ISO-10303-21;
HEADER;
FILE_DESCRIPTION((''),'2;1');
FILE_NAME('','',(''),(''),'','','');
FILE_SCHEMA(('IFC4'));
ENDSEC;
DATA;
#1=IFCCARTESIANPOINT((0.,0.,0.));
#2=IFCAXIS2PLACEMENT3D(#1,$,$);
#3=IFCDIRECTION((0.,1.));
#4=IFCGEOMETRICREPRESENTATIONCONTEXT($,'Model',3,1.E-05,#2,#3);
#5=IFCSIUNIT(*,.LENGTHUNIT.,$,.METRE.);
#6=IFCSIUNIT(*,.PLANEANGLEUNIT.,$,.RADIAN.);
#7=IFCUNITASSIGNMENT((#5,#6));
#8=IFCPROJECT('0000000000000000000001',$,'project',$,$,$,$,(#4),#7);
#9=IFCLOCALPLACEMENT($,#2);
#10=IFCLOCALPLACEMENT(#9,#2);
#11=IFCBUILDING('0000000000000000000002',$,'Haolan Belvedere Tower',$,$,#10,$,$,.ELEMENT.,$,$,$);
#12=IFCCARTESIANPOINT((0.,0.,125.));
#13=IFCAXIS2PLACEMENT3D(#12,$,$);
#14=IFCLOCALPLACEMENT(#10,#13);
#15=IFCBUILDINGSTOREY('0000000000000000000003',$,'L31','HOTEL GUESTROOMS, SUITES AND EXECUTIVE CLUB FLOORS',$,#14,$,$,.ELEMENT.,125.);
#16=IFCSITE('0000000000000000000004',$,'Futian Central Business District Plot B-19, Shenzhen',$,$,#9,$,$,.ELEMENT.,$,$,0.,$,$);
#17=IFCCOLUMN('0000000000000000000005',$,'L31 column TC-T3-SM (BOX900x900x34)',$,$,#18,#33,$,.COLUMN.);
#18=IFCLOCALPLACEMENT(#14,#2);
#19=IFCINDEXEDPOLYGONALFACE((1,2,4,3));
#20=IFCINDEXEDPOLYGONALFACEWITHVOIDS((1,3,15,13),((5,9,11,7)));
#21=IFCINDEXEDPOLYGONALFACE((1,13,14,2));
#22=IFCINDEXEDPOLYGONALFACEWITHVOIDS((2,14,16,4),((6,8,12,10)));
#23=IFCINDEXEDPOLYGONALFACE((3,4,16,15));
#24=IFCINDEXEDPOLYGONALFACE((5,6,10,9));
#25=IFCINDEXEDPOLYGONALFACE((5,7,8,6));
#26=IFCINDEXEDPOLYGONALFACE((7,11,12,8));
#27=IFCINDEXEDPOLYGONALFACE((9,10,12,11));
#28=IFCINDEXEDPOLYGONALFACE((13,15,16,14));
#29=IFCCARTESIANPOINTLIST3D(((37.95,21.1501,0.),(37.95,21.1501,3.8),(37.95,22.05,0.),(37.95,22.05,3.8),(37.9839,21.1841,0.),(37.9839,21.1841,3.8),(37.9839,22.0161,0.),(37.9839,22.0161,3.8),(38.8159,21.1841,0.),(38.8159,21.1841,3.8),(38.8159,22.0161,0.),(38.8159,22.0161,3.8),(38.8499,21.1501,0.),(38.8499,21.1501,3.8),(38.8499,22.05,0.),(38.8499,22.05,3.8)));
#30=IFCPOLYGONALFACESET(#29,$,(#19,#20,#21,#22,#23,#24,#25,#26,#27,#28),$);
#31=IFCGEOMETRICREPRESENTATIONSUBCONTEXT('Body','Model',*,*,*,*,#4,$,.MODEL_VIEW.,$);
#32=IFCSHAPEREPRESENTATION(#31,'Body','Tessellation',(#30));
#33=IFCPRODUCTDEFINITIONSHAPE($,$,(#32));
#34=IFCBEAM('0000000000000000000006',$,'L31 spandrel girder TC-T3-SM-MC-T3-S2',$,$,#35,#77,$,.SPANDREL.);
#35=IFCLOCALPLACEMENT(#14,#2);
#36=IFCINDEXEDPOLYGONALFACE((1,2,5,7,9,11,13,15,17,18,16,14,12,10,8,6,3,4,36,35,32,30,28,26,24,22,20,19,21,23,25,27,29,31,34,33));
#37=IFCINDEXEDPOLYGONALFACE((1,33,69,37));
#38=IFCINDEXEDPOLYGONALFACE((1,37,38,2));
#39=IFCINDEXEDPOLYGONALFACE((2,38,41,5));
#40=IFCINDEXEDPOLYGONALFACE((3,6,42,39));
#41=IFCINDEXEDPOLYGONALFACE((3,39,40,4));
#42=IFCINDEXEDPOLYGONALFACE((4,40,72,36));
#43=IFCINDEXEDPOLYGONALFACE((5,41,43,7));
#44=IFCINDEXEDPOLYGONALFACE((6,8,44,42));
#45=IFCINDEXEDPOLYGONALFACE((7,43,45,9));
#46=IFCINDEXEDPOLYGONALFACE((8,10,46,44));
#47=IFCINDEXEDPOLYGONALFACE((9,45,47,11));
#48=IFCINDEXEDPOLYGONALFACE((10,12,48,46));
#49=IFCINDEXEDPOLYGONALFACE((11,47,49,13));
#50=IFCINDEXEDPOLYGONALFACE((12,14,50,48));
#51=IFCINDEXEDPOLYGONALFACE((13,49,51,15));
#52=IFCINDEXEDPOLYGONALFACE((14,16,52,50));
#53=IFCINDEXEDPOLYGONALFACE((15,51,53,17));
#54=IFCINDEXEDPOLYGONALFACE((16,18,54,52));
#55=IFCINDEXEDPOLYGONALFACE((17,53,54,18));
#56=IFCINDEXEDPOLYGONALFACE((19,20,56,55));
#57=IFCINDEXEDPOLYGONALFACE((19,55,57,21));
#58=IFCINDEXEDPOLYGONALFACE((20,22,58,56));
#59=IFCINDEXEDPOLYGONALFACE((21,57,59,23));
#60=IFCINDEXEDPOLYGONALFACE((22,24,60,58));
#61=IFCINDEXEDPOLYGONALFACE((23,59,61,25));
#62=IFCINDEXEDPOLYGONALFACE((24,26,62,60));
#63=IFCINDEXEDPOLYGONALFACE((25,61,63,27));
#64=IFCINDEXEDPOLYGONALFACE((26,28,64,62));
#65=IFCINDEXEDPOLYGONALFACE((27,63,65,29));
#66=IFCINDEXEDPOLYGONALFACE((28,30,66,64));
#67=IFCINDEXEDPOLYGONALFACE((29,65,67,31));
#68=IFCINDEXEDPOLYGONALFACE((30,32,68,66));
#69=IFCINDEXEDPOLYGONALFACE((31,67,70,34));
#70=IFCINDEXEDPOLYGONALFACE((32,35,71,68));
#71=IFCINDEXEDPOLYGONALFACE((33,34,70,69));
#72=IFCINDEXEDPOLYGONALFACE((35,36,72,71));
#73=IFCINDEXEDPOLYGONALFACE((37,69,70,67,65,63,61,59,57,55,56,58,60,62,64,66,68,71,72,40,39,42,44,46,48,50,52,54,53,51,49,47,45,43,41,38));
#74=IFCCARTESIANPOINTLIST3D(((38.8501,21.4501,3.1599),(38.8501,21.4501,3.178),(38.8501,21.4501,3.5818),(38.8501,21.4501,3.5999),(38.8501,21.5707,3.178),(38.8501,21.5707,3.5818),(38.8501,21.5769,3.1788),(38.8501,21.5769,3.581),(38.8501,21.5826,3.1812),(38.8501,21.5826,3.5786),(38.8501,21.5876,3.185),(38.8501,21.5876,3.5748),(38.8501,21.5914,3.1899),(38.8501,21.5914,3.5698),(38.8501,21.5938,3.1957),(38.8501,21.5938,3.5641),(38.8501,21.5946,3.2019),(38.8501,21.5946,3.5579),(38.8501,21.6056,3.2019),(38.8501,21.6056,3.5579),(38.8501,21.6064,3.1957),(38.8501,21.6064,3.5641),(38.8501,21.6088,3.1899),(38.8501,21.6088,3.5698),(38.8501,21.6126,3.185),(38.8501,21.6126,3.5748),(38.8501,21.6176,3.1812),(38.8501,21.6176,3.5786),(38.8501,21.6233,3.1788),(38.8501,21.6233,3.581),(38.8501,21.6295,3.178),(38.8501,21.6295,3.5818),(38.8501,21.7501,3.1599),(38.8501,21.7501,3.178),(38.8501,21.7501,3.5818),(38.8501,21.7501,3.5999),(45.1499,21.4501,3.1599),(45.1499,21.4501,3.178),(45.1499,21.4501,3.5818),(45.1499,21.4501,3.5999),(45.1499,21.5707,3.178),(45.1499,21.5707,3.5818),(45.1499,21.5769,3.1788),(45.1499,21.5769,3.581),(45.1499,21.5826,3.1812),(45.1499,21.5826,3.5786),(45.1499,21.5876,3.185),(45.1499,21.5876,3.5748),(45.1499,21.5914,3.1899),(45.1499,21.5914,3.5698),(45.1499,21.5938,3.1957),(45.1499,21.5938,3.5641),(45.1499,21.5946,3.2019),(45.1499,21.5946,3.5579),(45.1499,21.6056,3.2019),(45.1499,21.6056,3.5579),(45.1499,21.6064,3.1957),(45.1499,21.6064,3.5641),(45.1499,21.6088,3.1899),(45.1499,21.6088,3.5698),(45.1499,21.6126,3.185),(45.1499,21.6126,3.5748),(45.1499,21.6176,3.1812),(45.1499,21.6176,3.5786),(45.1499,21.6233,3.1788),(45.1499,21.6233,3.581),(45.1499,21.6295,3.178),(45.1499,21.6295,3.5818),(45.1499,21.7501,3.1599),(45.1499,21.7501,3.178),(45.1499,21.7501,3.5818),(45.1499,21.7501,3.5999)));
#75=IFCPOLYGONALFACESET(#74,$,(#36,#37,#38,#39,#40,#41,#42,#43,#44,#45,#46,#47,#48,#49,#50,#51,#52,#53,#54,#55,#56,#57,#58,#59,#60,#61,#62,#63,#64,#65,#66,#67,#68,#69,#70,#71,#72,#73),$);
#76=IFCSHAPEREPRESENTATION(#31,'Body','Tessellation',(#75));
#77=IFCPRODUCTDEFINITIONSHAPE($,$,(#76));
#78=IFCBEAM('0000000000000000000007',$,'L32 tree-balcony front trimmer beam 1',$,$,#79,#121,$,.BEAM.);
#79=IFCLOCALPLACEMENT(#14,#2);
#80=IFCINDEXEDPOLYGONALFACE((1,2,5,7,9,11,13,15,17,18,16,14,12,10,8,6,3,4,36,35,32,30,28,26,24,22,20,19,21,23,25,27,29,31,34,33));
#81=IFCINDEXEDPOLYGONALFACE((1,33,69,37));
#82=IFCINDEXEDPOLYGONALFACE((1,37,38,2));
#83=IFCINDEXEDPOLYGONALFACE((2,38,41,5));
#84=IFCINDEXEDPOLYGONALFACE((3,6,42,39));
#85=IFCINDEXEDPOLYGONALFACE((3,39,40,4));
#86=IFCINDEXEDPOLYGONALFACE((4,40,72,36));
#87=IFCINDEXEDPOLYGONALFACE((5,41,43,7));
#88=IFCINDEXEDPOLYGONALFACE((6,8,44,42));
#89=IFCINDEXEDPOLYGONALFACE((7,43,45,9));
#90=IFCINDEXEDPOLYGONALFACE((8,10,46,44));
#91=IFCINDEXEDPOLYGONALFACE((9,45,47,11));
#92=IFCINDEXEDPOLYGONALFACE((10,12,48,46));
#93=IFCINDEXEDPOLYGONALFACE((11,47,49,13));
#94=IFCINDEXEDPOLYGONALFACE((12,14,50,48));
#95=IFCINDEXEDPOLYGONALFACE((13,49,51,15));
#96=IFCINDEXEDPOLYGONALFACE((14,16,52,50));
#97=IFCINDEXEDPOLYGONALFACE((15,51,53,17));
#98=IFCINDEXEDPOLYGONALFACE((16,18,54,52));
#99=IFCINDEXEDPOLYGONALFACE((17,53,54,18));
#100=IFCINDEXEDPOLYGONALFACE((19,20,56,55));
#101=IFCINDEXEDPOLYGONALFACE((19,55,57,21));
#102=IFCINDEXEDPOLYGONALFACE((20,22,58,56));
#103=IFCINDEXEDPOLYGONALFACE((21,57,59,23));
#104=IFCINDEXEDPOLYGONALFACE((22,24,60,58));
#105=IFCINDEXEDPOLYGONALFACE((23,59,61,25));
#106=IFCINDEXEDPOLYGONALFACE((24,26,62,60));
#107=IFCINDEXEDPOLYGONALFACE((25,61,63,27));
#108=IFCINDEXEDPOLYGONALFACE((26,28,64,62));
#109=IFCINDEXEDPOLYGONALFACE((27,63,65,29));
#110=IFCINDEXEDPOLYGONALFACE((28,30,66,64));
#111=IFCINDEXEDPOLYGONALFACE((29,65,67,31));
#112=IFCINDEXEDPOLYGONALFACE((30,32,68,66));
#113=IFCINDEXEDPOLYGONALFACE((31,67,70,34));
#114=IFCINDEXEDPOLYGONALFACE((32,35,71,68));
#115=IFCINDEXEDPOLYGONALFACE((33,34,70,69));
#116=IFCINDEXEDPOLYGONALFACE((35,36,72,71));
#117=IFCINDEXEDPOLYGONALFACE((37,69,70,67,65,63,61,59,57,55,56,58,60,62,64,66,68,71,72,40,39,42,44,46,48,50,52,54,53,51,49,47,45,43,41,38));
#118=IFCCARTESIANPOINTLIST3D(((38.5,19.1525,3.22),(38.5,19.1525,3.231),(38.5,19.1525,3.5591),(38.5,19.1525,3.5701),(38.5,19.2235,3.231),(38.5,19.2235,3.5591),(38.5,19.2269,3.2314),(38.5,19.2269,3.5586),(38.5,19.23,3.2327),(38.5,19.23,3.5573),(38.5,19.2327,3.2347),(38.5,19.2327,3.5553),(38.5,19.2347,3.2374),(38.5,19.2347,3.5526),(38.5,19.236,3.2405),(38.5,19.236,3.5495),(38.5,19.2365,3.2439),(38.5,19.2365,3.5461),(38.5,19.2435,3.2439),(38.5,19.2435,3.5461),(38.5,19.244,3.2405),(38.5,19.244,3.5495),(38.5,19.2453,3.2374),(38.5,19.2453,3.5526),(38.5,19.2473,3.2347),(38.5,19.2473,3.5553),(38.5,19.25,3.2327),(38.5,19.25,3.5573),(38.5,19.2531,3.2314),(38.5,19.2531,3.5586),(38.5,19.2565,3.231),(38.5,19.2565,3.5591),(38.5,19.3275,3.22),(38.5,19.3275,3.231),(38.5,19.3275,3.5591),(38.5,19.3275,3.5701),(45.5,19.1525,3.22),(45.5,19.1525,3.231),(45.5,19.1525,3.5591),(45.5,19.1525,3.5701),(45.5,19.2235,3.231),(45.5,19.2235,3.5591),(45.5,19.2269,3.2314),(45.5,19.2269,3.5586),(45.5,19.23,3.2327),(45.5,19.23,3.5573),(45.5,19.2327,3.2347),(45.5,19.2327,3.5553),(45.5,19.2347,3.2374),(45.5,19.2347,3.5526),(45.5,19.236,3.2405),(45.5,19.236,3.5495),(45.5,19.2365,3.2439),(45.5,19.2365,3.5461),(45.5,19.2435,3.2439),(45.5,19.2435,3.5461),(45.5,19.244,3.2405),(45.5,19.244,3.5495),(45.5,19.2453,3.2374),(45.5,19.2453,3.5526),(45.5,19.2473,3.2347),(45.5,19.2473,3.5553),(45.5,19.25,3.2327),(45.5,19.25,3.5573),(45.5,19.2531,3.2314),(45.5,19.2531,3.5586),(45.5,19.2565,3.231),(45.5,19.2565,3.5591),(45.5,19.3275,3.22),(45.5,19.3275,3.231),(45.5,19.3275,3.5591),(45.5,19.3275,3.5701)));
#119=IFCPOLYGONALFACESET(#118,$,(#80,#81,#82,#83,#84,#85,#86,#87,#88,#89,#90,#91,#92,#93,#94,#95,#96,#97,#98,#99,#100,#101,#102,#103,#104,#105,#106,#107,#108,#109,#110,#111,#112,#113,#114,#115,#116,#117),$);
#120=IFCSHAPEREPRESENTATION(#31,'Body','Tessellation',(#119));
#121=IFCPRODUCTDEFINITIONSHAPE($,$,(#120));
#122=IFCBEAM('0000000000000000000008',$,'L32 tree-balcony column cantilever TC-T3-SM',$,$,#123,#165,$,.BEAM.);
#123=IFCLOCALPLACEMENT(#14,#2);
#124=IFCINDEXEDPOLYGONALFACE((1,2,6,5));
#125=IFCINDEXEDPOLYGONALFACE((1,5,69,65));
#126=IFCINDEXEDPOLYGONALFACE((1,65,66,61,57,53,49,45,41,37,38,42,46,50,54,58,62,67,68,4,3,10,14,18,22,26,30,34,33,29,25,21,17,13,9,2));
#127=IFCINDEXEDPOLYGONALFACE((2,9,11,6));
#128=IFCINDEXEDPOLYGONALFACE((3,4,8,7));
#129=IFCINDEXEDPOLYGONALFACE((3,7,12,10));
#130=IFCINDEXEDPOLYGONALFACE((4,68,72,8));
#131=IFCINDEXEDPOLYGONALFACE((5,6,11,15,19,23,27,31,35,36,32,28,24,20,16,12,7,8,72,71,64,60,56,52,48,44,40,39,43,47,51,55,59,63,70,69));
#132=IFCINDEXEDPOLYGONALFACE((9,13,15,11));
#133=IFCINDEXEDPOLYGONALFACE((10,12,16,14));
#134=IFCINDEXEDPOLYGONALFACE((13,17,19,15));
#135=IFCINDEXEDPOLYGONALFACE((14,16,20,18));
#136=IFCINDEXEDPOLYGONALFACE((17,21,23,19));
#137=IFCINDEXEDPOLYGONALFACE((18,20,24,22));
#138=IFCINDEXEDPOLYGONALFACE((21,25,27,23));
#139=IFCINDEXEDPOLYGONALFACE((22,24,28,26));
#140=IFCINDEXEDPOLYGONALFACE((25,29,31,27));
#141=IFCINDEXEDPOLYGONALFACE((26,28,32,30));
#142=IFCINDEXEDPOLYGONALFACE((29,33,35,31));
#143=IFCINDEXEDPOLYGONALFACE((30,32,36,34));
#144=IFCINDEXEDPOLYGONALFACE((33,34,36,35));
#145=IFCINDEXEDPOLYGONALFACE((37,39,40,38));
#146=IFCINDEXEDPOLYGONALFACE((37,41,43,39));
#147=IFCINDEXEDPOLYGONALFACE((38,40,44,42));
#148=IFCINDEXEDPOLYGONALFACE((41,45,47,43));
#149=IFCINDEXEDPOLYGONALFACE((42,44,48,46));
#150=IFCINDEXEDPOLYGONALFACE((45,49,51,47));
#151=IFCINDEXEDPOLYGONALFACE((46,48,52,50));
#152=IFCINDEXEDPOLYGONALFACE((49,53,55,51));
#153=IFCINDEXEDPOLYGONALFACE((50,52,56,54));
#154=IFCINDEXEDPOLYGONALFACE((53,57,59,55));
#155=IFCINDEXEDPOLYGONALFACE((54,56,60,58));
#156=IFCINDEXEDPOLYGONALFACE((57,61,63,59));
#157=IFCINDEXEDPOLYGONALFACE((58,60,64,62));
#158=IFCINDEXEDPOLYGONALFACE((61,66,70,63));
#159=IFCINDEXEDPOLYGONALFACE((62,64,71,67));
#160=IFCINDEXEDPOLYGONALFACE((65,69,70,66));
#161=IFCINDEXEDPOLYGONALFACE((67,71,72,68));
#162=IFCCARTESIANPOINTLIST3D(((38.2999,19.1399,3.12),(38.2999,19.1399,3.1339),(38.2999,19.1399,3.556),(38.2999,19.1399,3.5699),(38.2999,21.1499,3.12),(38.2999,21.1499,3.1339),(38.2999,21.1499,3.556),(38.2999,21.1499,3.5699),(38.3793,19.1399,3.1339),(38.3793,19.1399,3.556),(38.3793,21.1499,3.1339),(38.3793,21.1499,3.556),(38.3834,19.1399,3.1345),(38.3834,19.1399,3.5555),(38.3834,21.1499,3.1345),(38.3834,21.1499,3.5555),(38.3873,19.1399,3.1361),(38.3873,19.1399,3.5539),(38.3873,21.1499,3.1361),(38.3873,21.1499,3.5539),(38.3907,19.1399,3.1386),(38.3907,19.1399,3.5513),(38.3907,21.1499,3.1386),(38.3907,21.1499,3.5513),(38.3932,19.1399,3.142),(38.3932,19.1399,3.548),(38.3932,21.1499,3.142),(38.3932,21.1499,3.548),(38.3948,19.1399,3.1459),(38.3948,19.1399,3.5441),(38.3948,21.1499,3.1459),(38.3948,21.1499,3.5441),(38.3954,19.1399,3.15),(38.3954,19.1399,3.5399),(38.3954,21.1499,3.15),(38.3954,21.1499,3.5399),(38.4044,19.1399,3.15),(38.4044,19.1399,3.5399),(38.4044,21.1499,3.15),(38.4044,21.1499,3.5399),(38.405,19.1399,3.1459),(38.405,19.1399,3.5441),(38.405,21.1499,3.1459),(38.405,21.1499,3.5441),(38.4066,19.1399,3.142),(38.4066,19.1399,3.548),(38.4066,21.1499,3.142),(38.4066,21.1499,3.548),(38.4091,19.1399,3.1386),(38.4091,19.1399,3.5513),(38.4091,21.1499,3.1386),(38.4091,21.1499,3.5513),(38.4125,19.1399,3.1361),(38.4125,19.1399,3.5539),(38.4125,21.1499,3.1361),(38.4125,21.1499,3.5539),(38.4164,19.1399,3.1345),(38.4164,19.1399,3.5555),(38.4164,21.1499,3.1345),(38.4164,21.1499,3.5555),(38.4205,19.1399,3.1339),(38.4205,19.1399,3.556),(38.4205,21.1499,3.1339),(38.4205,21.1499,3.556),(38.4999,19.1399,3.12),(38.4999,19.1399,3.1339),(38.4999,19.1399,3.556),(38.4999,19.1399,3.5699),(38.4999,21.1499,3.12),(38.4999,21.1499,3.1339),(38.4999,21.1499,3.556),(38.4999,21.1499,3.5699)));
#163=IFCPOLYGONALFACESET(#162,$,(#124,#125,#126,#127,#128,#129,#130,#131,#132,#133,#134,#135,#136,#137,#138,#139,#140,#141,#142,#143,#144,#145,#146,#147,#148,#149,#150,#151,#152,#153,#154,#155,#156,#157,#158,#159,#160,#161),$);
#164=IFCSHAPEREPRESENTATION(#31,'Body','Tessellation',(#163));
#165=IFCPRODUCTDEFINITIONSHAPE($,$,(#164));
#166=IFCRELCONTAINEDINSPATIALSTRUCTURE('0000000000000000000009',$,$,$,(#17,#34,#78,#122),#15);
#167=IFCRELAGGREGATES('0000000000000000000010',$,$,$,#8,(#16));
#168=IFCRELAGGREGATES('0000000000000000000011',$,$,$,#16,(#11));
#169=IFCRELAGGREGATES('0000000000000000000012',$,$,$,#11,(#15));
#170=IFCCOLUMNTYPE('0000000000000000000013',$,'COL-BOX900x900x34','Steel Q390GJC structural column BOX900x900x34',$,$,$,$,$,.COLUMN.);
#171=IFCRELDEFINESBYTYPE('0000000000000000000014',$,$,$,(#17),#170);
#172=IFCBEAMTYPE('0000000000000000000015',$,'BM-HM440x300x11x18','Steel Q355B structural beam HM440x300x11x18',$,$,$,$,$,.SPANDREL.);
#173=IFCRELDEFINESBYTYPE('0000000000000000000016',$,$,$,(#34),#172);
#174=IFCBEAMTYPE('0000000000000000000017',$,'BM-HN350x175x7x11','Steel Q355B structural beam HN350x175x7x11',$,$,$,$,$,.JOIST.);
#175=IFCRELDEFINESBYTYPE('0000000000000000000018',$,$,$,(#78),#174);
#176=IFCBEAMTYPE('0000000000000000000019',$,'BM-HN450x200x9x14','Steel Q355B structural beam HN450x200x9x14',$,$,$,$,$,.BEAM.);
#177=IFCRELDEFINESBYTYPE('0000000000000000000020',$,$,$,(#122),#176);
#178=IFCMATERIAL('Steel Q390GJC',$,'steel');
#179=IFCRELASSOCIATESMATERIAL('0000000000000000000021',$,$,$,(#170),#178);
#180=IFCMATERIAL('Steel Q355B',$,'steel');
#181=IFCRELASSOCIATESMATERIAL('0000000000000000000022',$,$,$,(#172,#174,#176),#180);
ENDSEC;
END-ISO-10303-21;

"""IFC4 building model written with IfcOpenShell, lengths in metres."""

from ifc_helpers import new_model, si_unit, direction, frame, origin, origin_2d, place, context, subcontext, project, spatial, hollow_rectangle, i_section, extrude, material, material_profile, profile_set, type_object, element, save


model = new_model("IFC4")

# Units and contexts
model_context = context("Model", 3, precision=1e-05, world=origin(), true_north=direction((0.0, 1.0)))
body_context = subcontext(model_context, "Body", "Model", "MODEL_VIEW")
ifc_project = project(units=[si_unit("LENGTHUNIT", "METRE"), si_unit("PLANEANGLEUNIT", "RADIAN")], contexts=[model_context])

# Site, building, storey
site_placement = place(None, origin())
site = spatial("IfcSite", under=ifc_project, at=site_placement, Name="Futian Central Business District Plot B-19, Shenzhen", CompositionType="ELEMENT", RefElevation=0.0)
building_placement = place(site_placement, origin())
building = spatial("IfcBuilding", under=site, at=building_placement, Name="Haolan Belvedere Tower", CompositionType="ELEMENT")
storey_placement = place(building_placement, frame((0.0, 0.0, 125.0)))
storey = spatial("IfcBuildingStorey", under=building, at=storey_placement, Name="L31", Description="HOTEL GUESTROOMS, SUITES AND EXECUTIVE CLUB FLOORS", CompositionType="ELEMENT", Elevation=125.0)

# Column
ifc_material_1 = material(Name="Steel Q390GJC", Category="steel")
ifc_material_profile_1 = material_profile(ifc_material_1, hollow_rectangle(XDim=0.8999, YDim=0.8999, WallThickness=0.0339, at=origin_2d()), Name="Steel Q390GJC")
ifc_profile_set_1 = profile_set([ifc_material_profile_1], Name="Steel Q390GJC")
column_type = type_object("IfcColumnType", Name="COL-BOX900x900x34", Description="Steel Q390GJC structural column BOX900x900x34", PredefinedType="COLUMN", material=ifc_profile_set_1)
column_placement = place(storey_placement, frame((38.3999, 21.6001, 0.0), z_axis=(0.0, 0.0, 1.0), x_axis=(1.0, 0.0, 0.0)))
element("IfcColumn", 1, at=column_placement, inside=storey, type_object=column_type, Name="L31 column TC-T3-SM (BOX900x900x34)", PredefinedType="COLUMN", context=body_context, shape_type="SweptSolid", body=[
    extrude(hollow_rectangle(XDim=0.8999, YDim=0.8999, WallThickness=0.0339, at=origin_2d()), origin(), (0.0, 0.0, 1.0), 3.8),
])

# Beams
ifc_material_2 = material(Name="Steel Q355B", Category="steel")
ifc_material_profile_2 = material_profile(ifc_material_2, i_section(OverallWidth=0.3, OverallDepth=0.4399, WebThickness=0.011, FlangeThickness=0.0181, FilletRadius=0.0239, at=origin_2d()), Name="Steel Q355B")
ifc_profile_set_2 = profile_set([ifc_material_profile_2], Name="Steel Q355B")
beam_type_1 = type_object("IfcBeamType", Name="BM-HM440x300x11x18", Description="Steel Q355B structural beam HM440x300x11x18", PredefinedType="SPANDREL", material=ifc_profile_set_2)
beam_1_placement = place(storey_placement, frame((38.8501, 21.6001, 3.3799), z_axis=(1.0, 0.0, 0.0), x_axis=(0.0, 1.0, 0.0)))
element("IfcBeam", 2, at=beam_1_placement, inside=storey, type_object=beam_type_1, Name="L31 spandrel girder TC-T3-SM-MC-T3-S2", PredefinedType="SPANDREL", context=body_context, shape_type="SweptSolid", body=[
    extrude(i_section(OverallWidth=0.3, OverallDepth=0.4399, WebThickness=0.011, FlangeThickness=0.0181, FilletRadius=0.0239, at=origin_2d()), origin(), (0.0, 0.0, 1.0), 6.2998),
])
ifc_material_profile_3 = material_profile(ifc_material_2, i_section(OverallWidth=0.175, OverallDepth=0.3501, WebThickness=0.0071, FlangeThickness=0.011, FilletRadius=0.0129, at=origin_2d()), Name="Steel Q355B")
ifc_profile_set_3 = profile_set([ifc_material_profile_3], Name="Steel Q355B")
beam_type_2 = type_object("IfcBeamType", Name="BM-HN350x175x7x11", Description="Steel Q355B structural beam HN350x175x7x11", PredefinedType="JOIST", material=ifc_profile_set_3)
beam_2_placement = place(storey_placement, frame((38.5, 19.24, 3.395), z_axis=(1.0, 0.0, 0.0), x_axis=(0.0, 1.0, 0.0)))
element("IfcBeam", 3, at=beam_2_placement, inside=storey, type_object=beam_type_2, Name="L32 tree-balcony front trimmer beam 1", PredefinedType="BEAM", context=body_context, shape_type="SweptSolid", body=[
    extrude(i_section(OverallWidth=0.175, OverallDepth=0.3501, WebThickness=0.0071, FlangeThickness=0.011, FilletRadius=0.0129, at=origin_2d()), origin(), (0.0, 0.0, 1.0), 7.0),
])
ifc_material_profile_4 = material_profile(ifc_material_2, i_section(OverallWidth=0.2, OverallDepth=0.45, WebThickness=0.009, FlangeThickness=0.0139, FilletRadius=0.0161, at=origin_2d()), Name="Steel Q355B")
ifc_profile_set_4 = profile_set([ifc_material_profile_4], Name="Steel Q355B")
beam_type_3 = type_object("IfcBeamType", Name="BM-HN450x200x9x14", Description="Steel Q355B structural beam HN450x200x9x14", PredefinedType="BEAM", material=ifc_profile_set_4)
beam_3_placement = place(storey_placement, frame((38.3999, 21.1499, 3.345), z_axis=(0.0, -1.0, 0.0), x_axis=(1.0, 0.0, 0.0)))
element("IfcBeam", 4, at=beam_3_placement, inside=storey, type_object=beam_type_3, Name="L32 tree-balcony column cantilever TC-T3-SM", PredefinedType="BEAM", context=body_context, shape_type="SweptSolid", body=[
    extrude(i_section(OverallWidth=0.2, OverallDepth=0.45, WebThickness=0.009, FlangeThickness=0.0139, FilletRadius=0.0161, at=origin_2d()), origin(), (0.0, 0.0, 1.0), 2.01),
])

save(model, "model.ifc")
